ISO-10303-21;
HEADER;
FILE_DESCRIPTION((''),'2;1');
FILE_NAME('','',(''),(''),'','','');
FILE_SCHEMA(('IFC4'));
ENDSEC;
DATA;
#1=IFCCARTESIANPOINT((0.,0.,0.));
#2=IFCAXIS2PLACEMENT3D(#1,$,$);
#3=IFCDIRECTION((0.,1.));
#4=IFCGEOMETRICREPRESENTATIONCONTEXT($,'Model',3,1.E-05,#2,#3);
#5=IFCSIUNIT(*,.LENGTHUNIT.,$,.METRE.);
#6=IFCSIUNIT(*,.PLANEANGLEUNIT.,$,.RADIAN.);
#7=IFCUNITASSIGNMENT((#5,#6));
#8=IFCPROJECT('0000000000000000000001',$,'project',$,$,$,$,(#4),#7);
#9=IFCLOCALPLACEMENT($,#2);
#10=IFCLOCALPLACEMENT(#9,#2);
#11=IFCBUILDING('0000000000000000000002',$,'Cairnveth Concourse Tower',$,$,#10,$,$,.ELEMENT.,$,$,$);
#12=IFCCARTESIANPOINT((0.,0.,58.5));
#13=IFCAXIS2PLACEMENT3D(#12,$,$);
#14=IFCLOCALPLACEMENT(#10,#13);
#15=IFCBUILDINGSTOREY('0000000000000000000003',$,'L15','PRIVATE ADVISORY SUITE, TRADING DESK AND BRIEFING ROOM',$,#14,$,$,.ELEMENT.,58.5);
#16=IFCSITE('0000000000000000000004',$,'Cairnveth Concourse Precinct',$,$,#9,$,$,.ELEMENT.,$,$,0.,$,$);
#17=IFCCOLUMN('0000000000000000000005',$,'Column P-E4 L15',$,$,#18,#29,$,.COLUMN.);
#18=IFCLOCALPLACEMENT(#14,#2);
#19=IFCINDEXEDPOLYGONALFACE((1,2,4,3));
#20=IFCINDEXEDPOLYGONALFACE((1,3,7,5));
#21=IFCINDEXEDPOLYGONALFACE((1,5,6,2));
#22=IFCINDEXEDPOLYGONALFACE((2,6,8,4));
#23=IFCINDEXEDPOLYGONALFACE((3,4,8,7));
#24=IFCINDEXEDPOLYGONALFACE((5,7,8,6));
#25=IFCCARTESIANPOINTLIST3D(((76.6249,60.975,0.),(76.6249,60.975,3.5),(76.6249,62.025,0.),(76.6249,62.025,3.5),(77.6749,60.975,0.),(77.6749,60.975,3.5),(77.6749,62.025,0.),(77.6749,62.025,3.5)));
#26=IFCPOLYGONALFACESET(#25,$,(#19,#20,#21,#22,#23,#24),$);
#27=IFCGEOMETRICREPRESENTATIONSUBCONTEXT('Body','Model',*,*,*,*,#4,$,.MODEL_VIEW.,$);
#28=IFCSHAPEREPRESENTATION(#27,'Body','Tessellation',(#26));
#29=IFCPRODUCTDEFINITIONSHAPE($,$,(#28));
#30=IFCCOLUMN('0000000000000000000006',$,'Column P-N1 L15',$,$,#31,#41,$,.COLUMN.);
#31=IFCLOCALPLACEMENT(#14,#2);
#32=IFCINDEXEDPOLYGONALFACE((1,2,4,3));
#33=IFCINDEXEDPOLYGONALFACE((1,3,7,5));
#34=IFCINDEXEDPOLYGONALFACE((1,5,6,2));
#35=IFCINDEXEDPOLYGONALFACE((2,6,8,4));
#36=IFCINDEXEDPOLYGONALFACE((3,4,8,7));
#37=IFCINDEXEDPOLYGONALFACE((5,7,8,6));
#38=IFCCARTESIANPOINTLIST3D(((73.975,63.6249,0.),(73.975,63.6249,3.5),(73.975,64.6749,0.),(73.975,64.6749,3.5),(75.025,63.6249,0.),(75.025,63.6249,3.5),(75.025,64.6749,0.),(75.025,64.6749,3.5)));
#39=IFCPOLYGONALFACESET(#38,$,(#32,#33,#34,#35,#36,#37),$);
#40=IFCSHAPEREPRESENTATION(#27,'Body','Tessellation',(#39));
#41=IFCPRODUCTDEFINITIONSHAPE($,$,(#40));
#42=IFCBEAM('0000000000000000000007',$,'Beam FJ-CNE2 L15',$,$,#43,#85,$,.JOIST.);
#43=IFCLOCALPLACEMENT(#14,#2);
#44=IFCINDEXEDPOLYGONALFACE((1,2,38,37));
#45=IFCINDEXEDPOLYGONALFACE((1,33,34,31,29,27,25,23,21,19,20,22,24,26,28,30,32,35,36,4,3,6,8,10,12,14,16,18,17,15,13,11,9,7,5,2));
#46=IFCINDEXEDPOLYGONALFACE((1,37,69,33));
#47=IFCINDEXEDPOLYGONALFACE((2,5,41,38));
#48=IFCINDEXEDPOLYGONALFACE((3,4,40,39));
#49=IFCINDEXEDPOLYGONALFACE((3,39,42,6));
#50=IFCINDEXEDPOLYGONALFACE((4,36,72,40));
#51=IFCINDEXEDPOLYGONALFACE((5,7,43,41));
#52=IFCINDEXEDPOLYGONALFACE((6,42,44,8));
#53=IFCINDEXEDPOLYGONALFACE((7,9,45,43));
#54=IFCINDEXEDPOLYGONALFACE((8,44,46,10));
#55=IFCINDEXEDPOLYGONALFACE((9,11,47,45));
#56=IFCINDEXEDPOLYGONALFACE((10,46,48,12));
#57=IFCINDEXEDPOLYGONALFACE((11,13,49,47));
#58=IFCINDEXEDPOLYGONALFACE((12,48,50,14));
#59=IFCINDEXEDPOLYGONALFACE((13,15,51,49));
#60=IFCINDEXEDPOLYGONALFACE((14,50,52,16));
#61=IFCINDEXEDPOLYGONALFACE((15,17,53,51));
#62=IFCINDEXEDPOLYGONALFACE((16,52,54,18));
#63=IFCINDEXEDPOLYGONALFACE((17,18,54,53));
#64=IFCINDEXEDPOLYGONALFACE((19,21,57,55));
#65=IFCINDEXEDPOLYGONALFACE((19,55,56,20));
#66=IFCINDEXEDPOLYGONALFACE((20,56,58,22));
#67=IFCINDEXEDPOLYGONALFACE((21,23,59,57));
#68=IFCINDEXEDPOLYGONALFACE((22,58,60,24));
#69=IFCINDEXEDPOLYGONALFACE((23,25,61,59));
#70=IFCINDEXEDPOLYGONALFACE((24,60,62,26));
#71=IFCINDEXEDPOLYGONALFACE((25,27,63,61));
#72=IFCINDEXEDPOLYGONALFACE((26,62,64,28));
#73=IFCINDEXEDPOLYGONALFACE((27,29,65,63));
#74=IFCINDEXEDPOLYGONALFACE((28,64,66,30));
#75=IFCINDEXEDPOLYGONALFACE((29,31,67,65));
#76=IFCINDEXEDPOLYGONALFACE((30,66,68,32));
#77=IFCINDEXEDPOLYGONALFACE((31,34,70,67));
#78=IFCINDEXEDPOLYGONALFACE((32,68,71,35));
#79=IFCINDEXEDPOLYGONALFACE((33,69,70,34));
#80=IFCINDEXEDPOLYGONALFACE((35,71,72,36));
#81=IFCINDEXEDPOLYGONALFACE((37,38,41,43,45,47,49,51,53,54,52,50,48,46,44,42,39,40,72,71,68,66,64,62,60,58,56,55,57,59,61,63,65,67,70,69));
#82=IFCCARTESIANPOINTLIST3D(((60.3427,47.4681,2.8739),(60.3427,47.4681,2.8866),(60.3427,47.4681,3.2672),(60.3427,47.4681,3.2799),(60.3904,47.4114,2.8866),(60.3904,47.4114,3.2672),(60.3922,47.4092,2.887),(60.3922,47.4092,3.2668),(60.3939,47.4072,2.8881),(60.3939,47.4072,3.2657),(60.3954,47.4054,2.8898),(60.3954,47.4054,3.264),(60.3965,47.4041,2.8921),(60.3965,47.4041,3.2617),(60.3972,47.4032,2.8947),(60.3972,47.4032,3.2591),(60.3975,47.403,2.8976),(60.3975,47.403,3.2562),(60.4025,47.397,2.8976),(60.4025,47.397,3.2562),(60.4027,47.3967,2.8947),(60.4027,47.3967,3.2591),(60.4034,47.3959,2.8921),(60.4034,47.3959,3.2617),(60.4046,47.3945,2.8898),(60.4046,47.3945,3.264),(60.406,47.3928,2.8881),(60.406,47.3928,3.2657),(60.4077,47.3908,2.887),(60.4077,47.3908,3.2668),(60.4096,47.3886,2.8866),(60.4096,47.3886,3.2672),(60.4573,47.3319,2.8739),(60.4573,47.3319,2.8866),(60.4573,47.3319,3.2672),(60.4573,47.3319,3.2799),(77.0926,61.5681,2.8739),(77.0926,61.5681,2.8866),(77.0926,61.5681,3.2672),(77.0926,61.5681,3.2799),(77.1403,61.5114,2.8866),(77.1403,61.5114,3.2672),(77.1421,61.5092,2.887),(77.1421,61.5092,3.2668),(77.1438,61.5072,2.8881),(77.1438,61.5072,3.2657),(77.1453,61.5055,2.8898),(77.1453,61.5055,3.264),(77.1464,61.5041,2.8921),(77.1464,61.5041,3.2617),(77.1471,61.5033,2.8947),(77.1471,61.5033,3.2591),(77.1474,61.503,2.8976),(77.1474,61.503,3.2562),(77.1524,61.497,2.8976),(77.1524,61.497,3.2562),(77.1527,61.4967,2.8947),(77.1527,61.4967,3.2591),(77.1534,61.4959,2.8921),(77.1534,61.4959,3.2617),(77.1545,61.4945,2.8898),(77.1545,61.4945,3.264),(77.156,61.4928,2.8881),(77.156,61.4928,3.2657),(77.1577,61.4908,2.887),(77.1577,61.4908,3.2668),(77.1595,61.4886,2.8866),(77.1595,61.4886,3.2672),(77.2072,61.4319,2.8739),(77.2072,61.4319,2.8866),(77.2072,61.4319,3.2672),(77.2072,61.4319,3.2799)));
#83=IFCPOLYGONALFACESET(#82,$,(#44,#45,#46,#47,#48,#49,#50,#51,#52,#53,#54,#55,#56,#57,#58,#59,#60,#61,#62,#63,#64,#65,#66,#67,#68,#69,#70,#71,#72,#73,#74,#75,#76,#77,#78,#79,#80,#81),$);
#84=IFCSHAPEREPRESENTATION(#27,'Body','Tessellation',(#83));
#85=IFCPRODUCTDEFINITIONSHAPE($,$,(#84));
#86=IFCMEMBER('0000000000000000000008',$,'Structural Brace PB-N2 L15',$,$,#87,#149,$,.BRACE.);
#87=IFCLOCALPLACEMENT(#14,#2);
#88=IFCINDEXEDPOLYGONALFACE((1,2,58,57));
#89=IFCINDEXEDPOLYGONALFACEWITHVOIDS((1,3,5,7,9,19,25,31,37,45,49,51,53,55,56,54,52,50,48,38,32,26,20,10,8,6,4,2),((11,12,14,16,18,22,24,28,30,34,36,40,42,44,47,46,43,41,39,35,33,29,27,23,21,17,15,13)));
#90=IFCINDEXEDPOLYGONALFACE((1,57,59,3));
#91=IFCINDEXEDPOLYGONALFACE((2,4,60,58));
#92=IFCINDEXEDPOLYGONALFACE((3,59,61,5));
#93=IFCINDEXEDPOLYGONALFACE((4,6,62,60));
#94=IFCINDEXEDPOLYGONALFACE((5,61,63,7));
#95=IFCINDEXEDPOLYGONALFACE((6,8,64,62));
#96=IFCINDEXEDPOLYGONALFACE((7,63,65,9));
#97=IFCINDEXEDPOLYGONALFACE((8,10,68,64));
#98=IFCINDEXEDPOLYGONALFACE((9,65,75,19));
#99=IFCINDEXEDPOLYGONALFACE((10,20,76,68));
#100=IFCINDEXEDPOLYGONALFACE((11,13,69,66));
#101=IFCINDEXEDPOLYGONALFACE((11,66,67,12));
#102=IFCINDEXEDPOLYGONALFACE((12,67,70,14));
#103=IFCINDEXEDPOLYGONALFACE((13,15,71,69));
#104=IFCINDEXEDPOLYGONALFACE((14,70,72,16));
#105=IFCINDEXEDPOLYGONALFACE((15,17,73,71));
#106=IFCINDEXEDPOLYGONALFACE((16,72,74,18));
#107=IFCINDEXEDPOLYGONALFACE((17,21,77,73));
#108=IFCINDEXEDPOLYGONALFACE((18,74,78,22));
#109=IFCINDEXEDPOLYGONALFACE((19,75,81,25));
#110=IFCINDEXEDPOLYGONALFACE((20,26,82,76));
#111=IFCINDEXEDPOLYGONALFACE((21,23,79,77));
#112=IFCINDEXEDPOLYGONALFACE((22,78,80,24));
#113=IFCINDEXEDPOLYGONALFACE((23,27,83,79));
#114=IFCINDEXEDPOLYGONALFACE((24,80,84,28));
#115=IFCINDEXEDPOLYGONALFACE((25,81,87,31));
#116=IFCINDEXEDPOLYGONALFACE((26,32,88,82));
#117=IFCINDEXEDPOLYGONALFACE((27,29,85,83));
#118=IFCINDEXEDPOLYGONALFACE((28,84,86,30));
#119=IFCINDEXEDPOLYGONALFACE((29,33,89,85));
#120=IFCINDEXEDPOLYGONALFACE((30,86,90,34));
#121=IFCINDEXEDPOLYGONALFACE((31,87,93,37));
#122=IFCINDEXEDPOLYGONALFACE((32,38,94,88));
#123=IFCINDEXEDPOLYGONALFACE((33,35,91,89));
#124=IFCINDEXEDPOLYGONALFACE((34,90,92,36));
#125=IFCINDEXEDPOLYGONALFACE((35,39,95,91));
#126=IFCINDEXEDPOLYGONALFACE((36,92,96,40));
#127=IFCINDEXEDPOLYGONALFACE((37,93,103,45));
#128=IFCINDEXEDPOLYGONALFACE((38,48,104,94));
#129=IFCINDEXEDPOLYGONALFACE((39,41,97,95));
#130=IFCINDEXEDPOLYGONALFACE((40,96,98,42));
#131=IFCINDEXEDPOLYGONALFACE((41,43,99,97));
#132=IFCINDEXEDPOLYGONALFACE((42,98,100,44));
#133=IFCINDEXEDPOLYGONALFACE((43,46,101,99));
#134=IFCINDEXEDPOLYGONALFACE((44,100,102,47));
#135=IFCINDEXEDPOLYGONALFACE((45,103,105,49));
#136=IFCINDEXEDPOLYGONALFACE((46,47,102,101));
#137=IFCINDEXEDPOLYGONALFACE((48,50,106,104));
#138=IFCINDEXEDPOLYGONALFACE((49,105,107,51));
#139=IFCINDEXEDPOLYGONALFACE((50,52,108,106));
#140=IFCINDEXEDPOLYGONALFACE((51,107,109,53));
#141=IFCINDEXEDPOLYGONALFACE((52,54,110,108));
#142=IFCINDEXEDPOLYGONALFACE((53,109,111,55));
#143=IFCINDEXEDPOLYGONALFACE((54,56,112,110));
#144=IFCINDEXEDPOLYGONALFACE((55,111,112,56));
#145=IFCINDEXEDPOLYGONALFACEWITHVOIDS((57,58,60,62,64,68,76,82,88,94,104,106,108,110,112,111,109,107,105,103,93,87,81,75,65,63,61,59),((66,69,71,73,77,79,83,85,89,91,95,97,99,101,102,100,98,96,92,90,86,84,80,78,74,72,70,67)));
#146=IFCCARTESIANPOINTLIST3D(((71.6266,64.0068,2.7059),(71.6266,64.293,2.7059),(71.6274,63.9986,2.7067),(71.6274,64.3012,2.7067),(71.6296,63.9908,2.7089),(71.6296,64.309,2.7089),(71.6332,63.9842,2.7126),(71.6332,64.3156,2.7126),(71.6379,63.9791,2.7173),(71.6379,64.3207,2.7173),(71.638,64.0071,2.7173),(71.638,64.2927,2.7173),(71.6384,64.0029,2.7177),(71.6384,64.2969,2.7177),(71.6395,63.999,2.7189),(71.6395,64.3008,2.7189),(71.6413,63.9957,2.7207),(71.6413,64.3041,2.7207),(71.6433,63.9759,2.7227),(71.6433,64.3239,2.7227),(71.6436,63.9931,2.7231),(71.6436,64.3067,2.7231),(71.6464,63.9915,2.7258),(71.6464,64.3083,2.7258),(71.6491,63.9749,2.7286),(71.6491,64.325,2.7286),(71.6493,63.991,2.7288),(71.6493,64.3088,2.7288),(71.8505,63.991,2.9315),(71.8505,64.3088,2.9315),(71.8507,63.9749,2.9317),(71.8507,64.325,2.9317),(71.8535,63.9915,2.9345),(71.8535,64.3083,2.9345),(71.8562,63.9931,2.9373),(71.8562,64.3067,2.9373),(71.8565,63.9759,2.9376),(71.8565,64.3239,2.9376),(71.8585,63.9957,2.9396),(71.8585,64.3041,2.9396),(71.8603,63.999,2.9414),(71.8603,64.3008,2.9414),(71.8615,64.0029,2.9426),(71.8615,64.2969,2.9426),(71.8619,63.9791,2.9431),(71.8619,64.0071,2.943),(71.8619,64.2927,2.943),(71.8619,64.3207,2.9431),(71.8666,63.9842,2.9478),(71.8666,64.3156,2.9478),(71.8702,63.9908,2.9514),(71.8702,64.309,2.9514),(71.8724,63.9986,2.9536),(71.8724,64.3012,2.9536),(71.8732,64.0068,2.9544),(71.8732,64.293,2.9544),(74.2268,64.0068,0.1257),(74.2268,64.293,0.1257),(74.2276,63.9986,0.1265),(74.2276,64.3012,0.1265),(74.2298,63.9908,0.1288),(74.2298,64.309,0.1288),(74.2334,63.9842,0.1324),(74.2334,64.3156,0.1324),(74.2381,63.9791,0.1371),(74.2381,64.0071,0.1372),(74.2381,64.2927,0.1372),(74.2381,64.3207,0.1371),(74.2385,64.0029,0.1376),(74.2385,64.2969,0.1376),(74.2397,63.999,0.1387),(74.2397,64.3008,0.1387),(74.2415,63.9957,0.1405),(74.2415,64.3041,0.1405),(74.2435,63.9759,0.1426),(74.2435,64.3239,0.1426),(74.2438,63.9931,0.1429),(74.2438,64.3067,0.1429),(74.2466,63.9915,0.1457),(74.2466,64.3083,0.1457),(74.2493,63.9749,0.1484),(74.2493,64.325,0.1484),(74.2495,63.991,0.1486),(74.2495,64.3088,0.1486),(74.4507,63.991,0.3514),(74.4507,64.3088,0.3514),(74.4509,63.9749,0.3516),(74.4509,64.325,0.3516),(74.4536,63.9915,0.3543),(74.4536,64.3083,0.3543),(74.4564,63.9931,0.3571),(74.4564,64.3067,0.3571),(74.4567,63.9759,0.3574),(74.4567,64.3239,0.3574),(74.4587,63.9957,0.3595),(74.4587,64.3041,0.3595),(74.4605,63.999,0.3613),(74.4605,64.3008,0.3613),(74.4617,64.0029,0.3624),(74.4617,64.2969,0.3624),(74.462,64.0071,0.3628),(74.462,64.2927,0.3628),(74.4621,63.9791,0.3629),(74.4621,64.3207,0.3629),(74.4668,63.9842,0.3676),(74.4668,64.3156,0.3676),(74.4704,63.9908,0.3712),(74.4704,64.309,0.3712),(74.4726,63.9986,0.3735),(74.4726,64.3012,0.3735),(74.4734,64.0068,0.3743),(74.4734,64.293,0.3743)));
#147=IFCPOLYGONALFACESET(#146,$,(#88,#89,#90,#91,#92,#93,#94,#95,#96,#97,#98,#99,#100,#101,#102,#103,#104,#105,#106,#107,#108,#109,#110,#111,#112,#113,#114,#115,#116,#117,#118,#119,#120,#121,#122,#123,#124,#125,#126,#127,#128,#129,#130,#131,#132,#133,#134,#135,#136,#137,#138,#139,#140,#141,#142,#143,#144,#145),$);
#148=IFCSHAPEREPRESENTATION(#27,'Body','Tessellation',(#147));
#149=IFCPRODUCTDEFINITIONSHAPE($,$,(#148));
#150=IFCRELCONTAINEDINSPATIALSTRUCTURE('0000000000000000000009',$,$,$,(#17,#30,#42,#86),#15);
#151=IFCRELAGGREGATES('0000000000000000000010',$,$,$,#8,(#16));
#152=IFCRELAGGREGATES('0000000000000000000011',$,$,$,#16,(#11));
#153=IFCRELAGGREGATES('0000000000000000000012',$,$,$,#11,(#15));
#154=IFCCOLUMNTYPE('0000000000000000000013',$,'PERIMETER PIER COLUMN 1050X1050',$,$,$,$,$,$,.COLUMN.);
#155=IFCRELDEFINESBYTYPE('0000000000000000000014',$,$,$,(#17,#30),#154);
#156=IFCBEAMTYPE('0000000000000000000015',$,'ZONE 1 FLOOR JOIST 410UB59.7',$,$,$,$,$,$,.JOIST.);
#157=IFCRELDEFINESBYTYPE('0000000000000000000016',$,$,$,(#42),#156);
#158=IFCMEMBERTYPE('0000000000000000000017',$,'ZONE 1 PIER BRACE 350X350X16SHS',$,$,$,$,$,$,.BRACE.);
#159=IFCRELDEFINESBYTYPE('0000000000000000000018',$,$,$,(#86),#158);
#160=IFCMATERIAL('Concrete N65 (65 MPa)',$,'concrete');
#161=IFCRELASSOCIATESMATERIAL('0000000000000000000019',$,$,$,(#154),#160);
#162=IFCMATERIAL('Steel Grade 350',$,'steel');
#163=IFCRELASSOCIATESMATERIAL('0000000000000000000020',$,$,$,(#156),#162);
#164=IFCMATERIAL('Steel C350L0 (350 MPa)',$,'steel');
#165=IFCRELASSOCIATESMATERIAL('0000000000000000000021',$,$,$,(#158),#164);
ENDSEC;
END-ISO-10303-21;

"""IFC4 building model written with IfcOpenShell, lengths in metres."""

from ifc_helpers import new_model, si_unit, direction, frame, origin, origin_2d, place, context, subcontext, project, spatial, rectangle, hollow_rectangle, i_section, extrude, material, material_profile, profile_set, type_object, element, save


model = new_model("IFC4")

# Units and contexts
model_context = context("Model", 3, precision=1e-05, world=origin(), true_north=direction((0.0, 1.0)))
body_context = subcontext(model_context, "Body", "Model", "MODEL_VIEW")
ifc_project = project(units=[si_unit("LENGTHUNIT", "METRE"), si_unit("PLANEANGLEUNIT", "RADIAN")], contexts=[model_context])

# Site, building, storey
site_placement = place(None, origin())
site = spatial("IfcSite", under=ifc_project, at=site_placement, Name="Cairnveth Concourse Precinct", CompositionType="ELEMENT", RefElevation=0.0)
building_placement = place(site_placement, origin())
building = spatial("IfcBuilding", under=site, at=building_placement, Name="Cairnveth Concourse Tower", CompositionType="ELEMENT")
storey_placement = place(building_placement, frame((0.0, 0.0, 58.5)))
storey = spatial("IfcBuildingStorey", under=building, at=storey_placement, Name="L15", Description="PRIVATE ADVISORY SUITE, TRADING DESK AND BRIEFING ROOM", CompositionType="ELEMENT", Elevation=58.5)

# Columns
ifc_material_1 = material(Name="Concrete N65 (65 MPa)", Category="concrete")
ifc_material_profile_1 = material_profile(ifc_material_1, rectangle(XDim=1.05, YDim=1.05, at=origin_2d()), Name="RC-COL-1050x1050")
ifc_profile_set_1 = profile_set([ifc_material_profile_1], Name="Concrete N65 (65 MPa)")
column_type = type_object("IfcColumnType", Name="PERIMETER PIER COLUMN 1050X1050", PredefinedType="COLUMN", material=ifc_profile_set_1)
for number, where, z_axis, x_axis, name in (
    (1, (77.1499, 61.5, 0.0), (0.0, 0.0, 1.0), (0.0, 1.0, 0.0), "Column P-E4 L15"),
    (2, (74.5, 64.1499, 0.0), (0.0, 0.0, 1.0), (1.0, 0.0, 0.0), "Column P-N1 L15"),
):
    element("IfcColumn", number, at=place(storey_placement, frame(where, z_axis=z_axis, x_axis=x_axis)), inside=storey, type_object=column_type, Name=name, PredefinedType="COLUMN", context=body_context, shape_type="SweptSolid", body=[
        extrude(rectangle(XDim=1.05, YDim=1.05, at=origin_2d()), origin(), (0.0, 0.0, 1.0), 3.5),
    ])

# Beam
ifc_material_2 = material(Name="Steel Grade 350", Category="steel")
ifc_material_profile_2 = material_profile(ifc_material_2, i_section(OverallWidth=0.178, OverallDepth=0.406, WebThickness=0.0078, FlangeThickness=0.0127, FilletRadius=0.011, at=origin_2d()), Name="410UB59.7")
ifc_profile_set_2 = profile_set([ifc_material_profile_2], Name="Steel Grade 350")
beam_type_1 = type_object("IfcBeamType", Name="ZONE 1 FLOOR JOIST 410UB59.7", PredefinedType="JOIST", material=ifc_profile_set_2)
beam_1_placement = place(storey_placement, frame((77.1499, 61.5, 3.0769), z_axis=(-0.765027, -0.643998, 0.0), x_axis=(0.643998, -0.765027, 0.0)))
element("IfcBeam", 3, at=beam_1_placement, inside=storey, type_object=beam_type_1, Name="Beam FJ-CNE2 L15", PredefinedType="JOIST", context=body_context, shape_type="SweptSolid", body=[
    extrude(i_section(OverallWidth=0.178, OverallDepth=0.406, WebThickness=0.0078, FlangeThickness=0.0127, FilletRadius=0.011, at=origin_2d()), origin(), (0.0, 0.0, 1.0), 21.8945),
])

# Member
ifc_material_3 = material(Name="Steel C350L0 (350 MPa)", Category="steel")
ifc_material_profile_3 = material_profile(ifc_material_3, hollow_rectangle(XDim=0.3501, YDim=0.3501, WallThickness=0.0161, InnerFilletRadius=0.0161, OuterFilletRadius=0.032, at=origin_2d()), Name="350x350x16.0SHS")
ifc_profile_set_3 = profile_set([ifc_material_profile_3], Name="Steel C350L0 (350 MPa)")
member_type = type_object("IfcMemberType", Name="ZONE 1 PIER BRACE 350X350X16SHS", PredefinedType="BRACE", material=ifc_profile_set_3)
for number, where, z_axis, x_axis, name in (
    (4, (74.3501, 64.1499, 0.25), (-0.709834, 0.0, 0.704369), (0.0, -1.0, 0.0), "Structural Brace PB-N2 L15"),
):
    element("IfcMember", number, at=place(storey_placement, frame(where, z_axis=z_axis, x_axis=x_axis)), inside=storey, type_object=member_type, Name=name, PredefinedType="BRACE", context=body_context, shape_type="SweptSolid", body=[
        extrude(hollow_rectangle(XDim=0.3501, YDim=0.3501, WallThickness=0.0161, InnerFilletRadius=0.0161, OuterFilletRadius=0.032, at=origin_2d()), origin(), (0.0, 0.0, 1.0), 3.6631),
    ])

save(model, "model.ifc")
